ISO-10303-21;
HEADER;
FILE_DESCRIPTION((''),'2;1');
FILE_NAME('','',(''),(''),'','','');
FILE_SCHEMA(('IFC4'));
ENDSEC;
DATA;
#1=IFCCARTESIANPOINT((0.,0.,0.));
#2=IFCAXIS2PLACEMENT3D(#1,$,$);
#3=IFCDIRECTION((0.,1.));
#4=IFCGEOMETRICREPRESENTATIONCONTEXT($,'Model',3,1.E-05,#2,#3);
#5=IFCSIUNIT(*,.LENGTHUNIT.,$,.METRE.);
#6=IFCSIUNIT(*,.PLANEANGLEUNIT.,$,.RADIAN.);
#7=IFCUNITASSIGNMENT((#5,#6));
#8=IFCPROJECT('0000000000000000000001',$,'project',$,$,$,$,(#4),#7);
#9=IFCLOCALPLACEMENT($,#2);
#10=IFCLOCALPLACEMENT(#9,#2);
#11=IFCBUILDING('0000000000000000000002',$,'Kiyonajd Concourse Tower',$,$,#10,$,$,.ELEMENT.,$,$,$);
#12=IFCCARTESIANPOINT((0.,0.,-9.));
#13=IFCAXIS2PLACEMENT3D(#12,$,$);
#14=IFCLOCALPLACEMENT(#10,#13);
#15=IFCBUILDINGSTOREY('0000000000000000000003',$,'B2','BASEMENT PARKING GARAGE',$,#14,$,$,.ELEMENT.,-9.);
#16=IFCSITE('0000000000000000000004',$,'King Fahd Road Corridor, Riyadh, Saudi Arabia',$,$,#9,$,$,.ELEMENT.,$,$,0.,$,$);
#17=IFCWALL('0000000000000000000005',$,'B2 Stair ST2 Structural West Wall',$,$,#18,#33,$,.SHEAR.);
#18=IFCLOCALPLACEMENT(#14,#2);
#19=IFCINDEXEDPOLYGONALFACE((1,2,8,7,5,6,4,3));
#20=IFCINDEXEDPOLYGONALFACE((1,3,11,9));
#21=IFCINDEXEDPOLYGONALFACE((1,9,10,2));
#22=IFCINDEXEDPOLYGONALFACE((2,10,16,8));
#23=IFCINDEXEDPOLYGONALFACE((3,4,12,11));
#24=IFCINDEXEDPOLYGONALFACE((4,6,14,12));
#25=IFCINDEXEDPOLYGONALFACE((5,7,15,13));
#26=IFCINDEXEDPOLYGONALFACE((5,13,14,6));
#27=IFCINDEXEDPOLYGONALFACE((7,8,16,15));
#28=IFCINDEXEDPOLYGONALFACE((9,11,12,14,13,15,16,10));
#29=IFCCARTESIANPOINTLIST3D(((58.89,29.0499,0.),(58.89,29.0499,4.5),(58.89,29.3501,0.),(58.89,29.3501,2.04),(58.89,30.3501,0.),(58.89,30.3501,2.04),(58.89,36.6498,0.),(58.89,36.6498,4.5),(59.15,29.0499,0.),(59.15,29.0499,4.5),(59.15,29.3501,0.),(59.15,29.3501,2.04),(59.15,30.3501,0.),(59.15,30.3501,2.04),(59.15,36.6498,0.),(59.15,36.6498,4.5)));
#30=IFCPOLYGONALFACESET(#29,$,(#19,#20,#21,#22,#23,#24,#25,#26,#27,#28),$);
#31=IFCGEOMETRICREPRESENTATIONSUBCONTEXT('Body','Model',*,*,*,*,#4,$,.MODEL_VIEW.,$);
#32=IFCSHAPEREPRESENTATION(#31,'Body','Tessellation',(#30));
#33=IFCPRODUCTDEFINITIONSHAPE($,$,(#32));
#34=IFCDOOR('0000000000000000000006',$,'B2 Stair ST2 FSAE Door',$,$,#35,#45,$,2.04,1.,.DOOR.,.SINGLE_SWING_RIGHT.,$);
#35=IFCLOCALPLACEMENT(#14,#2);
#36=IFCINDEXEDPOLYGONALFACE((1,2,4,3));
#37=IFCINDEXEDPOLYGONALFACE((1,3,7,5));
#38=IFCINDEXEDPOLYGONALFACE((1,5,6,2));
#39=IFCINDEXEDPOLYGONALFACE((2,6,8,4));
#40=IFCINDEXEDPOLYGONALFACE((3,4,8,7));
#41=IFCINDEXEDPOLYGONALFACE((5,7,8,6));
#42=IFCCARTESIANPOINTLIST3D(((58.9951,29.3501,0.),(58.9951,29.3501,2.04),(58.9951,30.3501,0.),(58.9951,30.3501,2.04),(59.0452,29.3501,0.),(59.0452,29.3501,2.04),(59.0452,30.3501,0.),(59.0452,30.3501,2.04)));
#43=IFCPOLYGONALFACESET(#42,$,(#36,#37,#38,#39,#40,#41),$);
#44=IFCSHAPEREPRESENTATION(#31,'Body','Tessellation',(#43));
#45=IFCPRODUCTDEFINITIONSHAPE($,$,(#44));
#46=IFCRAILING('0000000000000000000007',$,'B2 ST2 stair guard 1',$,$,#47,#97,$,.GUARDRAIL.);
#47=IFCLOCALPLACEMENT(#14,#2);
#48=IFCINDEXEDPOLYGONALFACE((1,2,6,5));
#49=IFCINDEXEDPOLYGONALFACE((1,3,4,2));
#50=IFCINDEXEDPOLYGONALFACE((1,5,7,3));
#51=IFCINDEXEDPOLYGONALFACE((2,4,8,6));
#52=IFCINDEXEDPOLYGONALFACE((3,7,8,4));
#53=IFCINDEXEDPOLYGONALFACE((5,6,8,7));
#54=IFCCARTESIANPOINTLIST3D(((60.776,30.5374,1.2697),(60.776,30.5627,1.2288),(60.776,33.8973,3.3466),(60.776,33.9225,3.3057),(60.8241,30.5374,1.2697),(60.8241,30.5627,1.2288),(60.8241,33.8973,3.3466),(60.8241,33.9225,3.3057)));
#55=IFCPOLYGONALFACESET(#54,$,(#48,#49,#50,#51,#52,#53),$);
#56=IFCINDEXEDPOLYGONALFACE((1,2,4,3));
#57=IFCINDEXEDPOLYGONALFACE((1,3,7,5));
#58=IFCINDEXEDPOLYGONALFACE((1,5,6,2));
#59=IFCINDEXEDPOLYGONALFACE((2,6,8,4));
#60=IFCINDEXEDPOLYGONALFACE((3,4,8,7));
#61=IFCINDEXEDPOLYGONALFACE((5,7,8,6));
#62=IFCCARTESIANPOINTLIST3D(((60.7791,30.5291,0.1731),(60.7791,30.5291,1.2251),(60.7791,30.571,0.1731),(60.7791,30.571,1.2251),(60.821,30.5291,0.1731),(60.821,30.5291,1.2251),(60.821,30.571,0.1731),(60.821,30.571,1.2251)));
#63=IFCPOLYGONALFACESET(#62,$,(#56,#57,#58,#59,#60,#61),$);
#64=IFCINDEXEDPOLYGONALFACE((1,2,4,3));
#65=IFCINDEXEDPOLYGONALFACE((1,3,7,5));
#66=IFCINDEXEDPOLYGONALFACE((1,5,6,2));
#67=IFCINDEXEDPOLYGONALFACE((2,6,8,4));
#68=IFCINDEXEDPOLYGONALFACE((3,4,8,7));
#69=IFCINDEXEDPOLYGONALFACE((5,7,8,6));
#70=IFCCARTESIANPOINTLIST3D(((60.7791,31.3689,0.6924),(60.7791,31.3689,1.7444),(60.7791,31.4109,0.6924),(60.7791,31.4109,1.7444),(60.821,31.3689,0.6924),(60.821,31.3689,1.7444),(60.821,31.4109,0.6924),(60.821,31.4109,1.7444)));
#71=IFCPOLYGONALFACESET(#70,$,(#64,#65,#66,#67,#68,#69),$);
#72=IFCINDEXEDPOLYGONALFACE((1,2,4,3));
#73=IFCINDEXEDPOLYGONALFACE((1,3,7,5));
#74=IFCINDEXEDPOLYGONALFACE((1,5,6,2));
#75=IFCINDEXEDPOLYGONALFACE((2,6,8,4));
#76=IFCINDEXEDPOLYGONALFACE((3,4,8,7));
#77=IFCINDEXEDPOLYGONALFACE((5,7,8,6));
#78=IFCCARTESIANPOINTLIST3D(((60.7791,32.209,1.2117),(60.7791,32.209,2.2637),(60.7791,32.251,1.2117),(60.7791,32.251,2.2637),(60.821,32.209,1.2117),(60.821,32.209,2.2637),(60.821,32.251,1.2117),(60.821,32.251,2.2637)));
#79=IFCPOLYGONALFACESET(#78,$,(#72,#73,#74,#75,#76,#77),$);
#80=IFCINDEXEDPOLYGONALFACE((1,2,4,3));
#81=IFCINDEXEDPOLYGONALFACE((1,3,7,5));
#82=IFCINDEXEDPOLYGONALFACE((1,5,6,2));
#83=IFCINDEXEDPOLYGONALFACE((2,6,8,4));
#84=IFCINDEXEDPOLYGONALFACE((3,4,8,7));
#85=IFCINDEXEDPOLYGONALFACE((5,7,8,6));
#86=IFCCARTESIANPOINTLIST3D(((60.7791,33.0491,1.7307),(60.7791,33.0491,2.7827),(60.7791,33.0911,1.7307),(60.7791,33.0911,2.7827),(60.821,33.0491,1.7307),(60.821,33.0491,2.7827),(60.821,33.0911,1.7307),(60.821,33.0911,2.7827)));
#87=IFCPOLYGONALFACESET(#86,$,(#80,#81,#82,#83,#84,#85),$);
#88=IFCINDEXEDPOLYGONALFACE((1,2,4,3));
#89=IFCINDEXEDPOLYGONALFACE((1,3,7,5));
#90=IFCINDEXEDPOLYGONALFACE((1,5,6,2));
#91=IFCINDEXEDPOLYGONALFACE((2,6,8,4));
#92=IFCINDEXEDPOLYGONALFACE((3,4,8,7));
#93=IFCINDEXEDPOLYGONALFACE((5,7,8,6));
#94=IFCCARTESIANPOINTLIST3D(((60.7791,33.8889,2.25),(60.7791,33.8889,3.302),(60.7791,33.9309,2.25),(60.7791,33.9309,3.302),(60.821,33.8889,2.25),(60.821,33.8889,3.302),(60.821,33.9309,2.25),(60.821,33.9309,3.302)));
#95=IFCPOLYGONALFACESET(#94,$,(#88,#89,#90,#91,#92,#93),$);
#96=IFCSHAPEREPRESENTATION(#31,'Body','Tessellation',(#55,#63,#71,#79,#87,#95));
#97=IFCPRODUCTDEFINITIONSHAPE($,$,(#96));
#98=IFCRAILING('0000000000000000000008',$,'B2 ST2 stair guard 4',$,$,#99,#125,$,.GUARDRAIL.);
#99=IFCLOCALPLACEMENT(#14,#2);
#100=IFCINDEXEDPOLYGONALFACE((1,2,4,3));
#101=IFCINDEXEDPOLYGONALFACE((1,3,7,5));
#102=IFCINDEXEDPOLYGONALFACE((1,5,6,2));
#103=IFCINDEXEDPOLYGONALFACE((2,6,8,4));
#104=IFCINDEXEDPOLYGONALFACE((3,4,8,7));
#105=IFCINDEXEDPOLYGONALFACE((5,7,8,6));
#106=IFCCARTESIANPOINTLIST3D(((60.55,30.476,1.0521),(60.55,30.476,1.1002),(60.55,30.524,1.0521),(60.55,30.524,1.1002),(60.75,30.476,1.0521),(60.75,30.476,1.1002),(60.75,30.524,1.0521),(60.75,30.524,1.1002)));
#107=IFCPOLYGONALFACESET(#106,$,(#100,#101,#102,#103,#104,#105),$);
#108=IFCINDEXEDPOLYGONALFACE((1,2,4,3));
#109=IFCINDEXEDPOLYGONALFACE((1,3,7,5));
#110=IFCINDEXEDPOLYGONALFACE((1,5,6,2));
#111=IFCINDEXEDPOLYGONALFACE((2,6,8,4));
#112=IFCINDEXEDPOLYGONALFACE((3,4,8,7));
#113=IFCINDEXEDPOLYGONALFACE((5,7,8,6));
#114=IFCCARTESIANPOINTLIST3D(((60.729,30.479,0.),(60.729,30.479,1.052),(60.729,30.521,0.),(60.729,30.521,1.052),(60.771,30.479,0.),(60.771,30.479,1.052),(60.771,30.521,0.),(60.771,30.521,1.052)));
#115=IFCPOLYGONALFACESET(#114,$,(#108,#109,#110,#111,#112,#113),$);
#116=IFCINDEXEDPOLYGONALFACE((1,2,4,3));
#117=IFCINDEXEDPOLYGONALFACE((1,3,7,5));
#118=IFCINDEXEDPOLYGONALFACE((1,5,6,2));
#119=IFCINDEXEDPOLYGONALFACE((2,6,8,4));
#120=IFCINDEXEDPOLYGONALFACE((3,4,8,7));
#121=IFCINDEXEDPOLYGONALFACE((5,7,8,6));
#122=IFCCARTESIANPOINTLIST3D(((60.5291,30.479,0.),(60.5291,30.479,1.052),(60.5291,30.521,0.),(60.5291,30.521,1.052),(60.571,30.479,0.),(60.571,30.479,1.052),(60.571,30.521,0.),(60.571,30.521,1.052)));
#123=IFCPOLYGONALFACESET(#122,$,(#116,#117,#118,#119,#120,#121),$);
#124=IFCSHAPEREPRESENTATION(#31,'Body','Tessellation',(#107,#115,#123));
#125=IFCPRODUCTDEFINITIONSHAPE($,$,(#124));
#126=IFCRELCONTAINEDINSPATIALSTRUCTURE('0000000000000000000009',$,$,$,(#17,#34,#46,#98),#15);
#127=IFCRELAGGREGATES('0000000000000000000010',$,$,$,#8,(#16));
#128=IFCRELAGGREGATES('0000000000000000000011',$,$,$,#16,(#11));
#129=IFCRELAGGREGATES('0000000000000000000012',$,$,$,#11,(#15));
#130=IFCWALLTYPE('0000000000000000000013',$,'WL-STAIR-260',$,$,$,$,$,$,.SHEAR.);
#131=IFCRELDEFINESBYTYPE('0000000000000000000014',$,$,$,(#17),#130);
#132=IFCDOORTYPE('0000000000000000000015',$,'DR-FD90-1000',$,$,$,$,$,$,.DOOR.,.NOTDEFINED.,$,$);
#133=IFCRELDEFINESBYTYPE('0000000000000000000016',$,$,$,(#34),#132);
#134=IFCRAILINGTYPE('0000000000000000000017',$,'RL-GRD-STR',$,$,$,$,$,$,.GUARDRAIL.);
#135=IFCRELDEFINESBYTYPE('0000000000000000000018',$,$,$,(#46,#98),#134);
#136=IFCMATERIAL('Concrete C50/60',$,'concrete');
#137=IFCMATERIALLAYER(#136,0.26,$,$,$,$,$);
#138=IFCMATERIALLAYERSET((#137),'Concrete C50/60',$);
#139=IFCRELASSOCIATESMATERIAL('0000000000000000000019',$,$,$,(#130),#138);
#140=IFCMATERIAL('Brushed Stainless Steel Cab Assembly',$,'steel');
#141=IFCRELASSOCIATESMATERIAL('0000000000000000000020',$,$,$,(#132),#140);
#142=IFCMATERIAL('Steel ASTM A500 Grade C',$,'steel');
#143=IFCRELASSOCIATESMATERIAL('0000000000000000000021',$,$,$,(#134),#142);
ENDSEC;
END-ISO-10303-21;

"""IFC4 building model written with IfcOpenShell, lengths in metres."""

from ifc_helpers import new_model, si_unit, direction, frame, frame_2d, origin, origin_2d, place, context, subcontext, project, spatial, rectangle, extrude, material, layer, layer_set, type_object, element, fill, save


model = new_model("IFC4")

# Units and contexts
model_context = context("Model", 3, precision=1e-05, world=origin(), true_north=direction((0.0, 1.0)))
body_context = subcontext(model_context, "Body", "Model", "MODEL_VIEW")
ifc_project = project(units=[si_unit("LENGTHUNIT", "METRE"), si_unit("PLANEANGLEUNIT", "RADIAN")], contexts=[model_context])

# Site, building, storey
site_placement = place(None, origin())
site = spatial("IfcSite", under=ifc_project, at=site_placement, Name="King Fahd Road Corridor, Riyadh, Saudi Arabia", CompositionType="ELEMENT", RefElevation=0.0)
building_placement = place(site_placement, origin())
building = spatial("IfcBuilding", under=site, at=building_placement, Name="Kiyonajd Concourse Tower", CompositionType="ELEMENT")
storey_placement = place(building_placement, frame((0.0, 0.0, -9.0)))
storey = spatial("IfcBuildingStorey", under=building, at=storey_placement, Name="B2", Description="BASEMENT PARKING GARAGE", CompositionType="ELEMENT", Elevation=-9.0)

# Shared definitions
ifc_material_1 = material(Name="Concrete C50/60", Category="concrete")

# Shared definitions
ifc_material_2 = material(Name="Brushed Stainless Steel Cab Assembly", Category="steel")

# Shared definitions
ifc_layer_1 = layer(ifc_material_1, 0.26)
ifc_layer_set_1 = layer_set([ifc_layer_1], Name="Concrete C50/60")
wall_type_1 = type_object("IfcWallType", Name="WL-STAIR-260", PredefinedType="SHEAR", material=ifc_layer_set_1)

# Wall, opening, door
wall_1_placement = place(storey_placement, frame((59.02, 29.05, 0.0), z_axis=(0.0, 0.0, 1.0), x_axis=(0.0, 1.0, 0.0)))
wall_1 = element("IfcWall", 1, at=wall_1_placement, inside=storey, type_object=wall_type_1, Name="B2 Stair ST2 Structural West Wall", PredefinedType="SHEAR", context=body_context, shape_type="SweptSolid", body=[
    extrude(rectangle(XDim=7.5999, YDim=0.26, at=frame_2d((3.7998, 0.0))), origin(), (0.0, 0.0, 1.0), 4.5),
])
opening_1_placement = place(wall_1_placement, frame((0.3, 0.0, 0.0)))
opening_1 = element("IfcOpeningElement", 2, at=opening_1_placement, cuts=wall_1, PredefinedType="OPENING", context=body_context, shape_type="SweptSolid", body=[
    extrude(rectangle(XDim=1.0, YDim=2.04, at=frame_2d((0.5, 1.02))), frame((0.0, 0.1399, 0.0), z_axis=(0.0, -1.0, 0.0), x_axis=(1.0, 0.0, 0.0)), (0.0, 0.0, 1.0), 0.28),
])
door_type_1 = type_object("IfcDoorType", Name="DR-FD90-1000", OperationType="NOTDEFINED", PredefinedType="DOOR", material=ifc_material_2)
door_1_placement = place(opening_1_placement, origin())
door_1 = element("IfcDoor", 3, at=door_1_placement, inside=storey, type_object=door_type_1, Name="B2 Stair ST2 FSAE Door", OperationType="SINGLE_SWING_RIGHT", OverallHeight=2.04, OverallWidth=1.0, PredefinedType="DOOR", context=body_context, shape_type="SweptSolid", body=[
    extrude(rectangle(XDim=1.0, YDim=2.04, at=frame_2d((0.5, 1.02))), frame((0.0, 0.0249, 0.0), z_axis=(0.0, -1.0, 0.0), x_axis=(1.0, 0.0, 0.0)), (0.0, 0.0, 1.0), 0.05),
])
fill(opening_1, door_1)

# Railings
ifc_material_3 = material(Name="Steel ASTM A500 Grade C", Category="steel")
railing_type = type_object("IfcRailingType", Name="RL-GRD-STR", PredefinedType="GUARDRAIL", material=ifc_material_3)
railing_1_placement = place(storey_placement, frame((60.8, 30.55, 0.1731)))
element("IfcRailing", 4, at=railing_1_placement, inside=storey, type_object=railing_type, Name="B2 ST2 stair guard 1", PredefinedType="GUARDRAIL", context=body_context, shape_type="SweptSolid", body=[
    extrude(rectangle(XDim=0.0481, YDim=0.0481, at=origin_2d()), frame((0.0, 0.0, 1.0762), z_axis=(0.0, 0.850606, 0.525803), x_axis=(-1.0, 0.0, 0.0)), (0.0, 0.0, 1.0), 3.95),
    extrude(rectangle(XDim=0.042, YDim=0.042, at=origin_2d()), origin(), (0.0, 0.0, 1.0), 1.052),
    extrude(rectangle(XDim=0.042, YDim=0.042, at=origin_2d()), frame((0.0, 0.8398, 0.5193)), (0.0, 0.0, 1.0), 1.052),
    extrude(rectangle(XDim=0.042, YDim=0.042, at=origin_2d()), frame((0.0, 1.6799, 1.0386)), (0.0, 0.0, 1.0), 1.052),
    extrude(rectangle(XDim=0.042, YDim=0.042, at=origin_2d()), frame((0.0, 2.52, 1.5576)), (0.0, 0.0, 1.0), 1.052),
    extrude(rectangle(XDim=0.042, YDim=0.042, at=origin_2d()), frame((0.0, 3.3599, 2.0769)), (0.0, 0.0, 1.0), 1.052),
])
railing_2_placement = place(storey_placement, frame((60.75, 30.5, 0.0)))
element("IfcRailing", 5, at=railing_2_placement, inside=storey, type_object=railing_type, Name="B2 ST2 stair guard 4", PredefinedType="GUARDRAIL", context=body_context, shape_type="SweptSolid", body=[
    extrude(rectangle(XDim=0.0481, YDim=0.0481, at=origin_2d()), frame((0.0, 0.0, 1.0762), z_axis=(-1.0, 0.0, 0.0), x_axis=(0.0, -1.0, 0.0)), (0.0, 0.0, 1.0), 0.2),
    extrude(rectangle(XDim=0.042, YDim=0.042, at=origin_2d()), origin(), (0.0, 0.0, 1.0), 1.052),
    extrude(rectangle(XDim=0.042, YDim=0.042, at=origin_2d()), frame((-0.2, 0.0, 0.0)), (0.0, 0.0, 1.0), 1.052),
])

save(model, "model.ifc")
